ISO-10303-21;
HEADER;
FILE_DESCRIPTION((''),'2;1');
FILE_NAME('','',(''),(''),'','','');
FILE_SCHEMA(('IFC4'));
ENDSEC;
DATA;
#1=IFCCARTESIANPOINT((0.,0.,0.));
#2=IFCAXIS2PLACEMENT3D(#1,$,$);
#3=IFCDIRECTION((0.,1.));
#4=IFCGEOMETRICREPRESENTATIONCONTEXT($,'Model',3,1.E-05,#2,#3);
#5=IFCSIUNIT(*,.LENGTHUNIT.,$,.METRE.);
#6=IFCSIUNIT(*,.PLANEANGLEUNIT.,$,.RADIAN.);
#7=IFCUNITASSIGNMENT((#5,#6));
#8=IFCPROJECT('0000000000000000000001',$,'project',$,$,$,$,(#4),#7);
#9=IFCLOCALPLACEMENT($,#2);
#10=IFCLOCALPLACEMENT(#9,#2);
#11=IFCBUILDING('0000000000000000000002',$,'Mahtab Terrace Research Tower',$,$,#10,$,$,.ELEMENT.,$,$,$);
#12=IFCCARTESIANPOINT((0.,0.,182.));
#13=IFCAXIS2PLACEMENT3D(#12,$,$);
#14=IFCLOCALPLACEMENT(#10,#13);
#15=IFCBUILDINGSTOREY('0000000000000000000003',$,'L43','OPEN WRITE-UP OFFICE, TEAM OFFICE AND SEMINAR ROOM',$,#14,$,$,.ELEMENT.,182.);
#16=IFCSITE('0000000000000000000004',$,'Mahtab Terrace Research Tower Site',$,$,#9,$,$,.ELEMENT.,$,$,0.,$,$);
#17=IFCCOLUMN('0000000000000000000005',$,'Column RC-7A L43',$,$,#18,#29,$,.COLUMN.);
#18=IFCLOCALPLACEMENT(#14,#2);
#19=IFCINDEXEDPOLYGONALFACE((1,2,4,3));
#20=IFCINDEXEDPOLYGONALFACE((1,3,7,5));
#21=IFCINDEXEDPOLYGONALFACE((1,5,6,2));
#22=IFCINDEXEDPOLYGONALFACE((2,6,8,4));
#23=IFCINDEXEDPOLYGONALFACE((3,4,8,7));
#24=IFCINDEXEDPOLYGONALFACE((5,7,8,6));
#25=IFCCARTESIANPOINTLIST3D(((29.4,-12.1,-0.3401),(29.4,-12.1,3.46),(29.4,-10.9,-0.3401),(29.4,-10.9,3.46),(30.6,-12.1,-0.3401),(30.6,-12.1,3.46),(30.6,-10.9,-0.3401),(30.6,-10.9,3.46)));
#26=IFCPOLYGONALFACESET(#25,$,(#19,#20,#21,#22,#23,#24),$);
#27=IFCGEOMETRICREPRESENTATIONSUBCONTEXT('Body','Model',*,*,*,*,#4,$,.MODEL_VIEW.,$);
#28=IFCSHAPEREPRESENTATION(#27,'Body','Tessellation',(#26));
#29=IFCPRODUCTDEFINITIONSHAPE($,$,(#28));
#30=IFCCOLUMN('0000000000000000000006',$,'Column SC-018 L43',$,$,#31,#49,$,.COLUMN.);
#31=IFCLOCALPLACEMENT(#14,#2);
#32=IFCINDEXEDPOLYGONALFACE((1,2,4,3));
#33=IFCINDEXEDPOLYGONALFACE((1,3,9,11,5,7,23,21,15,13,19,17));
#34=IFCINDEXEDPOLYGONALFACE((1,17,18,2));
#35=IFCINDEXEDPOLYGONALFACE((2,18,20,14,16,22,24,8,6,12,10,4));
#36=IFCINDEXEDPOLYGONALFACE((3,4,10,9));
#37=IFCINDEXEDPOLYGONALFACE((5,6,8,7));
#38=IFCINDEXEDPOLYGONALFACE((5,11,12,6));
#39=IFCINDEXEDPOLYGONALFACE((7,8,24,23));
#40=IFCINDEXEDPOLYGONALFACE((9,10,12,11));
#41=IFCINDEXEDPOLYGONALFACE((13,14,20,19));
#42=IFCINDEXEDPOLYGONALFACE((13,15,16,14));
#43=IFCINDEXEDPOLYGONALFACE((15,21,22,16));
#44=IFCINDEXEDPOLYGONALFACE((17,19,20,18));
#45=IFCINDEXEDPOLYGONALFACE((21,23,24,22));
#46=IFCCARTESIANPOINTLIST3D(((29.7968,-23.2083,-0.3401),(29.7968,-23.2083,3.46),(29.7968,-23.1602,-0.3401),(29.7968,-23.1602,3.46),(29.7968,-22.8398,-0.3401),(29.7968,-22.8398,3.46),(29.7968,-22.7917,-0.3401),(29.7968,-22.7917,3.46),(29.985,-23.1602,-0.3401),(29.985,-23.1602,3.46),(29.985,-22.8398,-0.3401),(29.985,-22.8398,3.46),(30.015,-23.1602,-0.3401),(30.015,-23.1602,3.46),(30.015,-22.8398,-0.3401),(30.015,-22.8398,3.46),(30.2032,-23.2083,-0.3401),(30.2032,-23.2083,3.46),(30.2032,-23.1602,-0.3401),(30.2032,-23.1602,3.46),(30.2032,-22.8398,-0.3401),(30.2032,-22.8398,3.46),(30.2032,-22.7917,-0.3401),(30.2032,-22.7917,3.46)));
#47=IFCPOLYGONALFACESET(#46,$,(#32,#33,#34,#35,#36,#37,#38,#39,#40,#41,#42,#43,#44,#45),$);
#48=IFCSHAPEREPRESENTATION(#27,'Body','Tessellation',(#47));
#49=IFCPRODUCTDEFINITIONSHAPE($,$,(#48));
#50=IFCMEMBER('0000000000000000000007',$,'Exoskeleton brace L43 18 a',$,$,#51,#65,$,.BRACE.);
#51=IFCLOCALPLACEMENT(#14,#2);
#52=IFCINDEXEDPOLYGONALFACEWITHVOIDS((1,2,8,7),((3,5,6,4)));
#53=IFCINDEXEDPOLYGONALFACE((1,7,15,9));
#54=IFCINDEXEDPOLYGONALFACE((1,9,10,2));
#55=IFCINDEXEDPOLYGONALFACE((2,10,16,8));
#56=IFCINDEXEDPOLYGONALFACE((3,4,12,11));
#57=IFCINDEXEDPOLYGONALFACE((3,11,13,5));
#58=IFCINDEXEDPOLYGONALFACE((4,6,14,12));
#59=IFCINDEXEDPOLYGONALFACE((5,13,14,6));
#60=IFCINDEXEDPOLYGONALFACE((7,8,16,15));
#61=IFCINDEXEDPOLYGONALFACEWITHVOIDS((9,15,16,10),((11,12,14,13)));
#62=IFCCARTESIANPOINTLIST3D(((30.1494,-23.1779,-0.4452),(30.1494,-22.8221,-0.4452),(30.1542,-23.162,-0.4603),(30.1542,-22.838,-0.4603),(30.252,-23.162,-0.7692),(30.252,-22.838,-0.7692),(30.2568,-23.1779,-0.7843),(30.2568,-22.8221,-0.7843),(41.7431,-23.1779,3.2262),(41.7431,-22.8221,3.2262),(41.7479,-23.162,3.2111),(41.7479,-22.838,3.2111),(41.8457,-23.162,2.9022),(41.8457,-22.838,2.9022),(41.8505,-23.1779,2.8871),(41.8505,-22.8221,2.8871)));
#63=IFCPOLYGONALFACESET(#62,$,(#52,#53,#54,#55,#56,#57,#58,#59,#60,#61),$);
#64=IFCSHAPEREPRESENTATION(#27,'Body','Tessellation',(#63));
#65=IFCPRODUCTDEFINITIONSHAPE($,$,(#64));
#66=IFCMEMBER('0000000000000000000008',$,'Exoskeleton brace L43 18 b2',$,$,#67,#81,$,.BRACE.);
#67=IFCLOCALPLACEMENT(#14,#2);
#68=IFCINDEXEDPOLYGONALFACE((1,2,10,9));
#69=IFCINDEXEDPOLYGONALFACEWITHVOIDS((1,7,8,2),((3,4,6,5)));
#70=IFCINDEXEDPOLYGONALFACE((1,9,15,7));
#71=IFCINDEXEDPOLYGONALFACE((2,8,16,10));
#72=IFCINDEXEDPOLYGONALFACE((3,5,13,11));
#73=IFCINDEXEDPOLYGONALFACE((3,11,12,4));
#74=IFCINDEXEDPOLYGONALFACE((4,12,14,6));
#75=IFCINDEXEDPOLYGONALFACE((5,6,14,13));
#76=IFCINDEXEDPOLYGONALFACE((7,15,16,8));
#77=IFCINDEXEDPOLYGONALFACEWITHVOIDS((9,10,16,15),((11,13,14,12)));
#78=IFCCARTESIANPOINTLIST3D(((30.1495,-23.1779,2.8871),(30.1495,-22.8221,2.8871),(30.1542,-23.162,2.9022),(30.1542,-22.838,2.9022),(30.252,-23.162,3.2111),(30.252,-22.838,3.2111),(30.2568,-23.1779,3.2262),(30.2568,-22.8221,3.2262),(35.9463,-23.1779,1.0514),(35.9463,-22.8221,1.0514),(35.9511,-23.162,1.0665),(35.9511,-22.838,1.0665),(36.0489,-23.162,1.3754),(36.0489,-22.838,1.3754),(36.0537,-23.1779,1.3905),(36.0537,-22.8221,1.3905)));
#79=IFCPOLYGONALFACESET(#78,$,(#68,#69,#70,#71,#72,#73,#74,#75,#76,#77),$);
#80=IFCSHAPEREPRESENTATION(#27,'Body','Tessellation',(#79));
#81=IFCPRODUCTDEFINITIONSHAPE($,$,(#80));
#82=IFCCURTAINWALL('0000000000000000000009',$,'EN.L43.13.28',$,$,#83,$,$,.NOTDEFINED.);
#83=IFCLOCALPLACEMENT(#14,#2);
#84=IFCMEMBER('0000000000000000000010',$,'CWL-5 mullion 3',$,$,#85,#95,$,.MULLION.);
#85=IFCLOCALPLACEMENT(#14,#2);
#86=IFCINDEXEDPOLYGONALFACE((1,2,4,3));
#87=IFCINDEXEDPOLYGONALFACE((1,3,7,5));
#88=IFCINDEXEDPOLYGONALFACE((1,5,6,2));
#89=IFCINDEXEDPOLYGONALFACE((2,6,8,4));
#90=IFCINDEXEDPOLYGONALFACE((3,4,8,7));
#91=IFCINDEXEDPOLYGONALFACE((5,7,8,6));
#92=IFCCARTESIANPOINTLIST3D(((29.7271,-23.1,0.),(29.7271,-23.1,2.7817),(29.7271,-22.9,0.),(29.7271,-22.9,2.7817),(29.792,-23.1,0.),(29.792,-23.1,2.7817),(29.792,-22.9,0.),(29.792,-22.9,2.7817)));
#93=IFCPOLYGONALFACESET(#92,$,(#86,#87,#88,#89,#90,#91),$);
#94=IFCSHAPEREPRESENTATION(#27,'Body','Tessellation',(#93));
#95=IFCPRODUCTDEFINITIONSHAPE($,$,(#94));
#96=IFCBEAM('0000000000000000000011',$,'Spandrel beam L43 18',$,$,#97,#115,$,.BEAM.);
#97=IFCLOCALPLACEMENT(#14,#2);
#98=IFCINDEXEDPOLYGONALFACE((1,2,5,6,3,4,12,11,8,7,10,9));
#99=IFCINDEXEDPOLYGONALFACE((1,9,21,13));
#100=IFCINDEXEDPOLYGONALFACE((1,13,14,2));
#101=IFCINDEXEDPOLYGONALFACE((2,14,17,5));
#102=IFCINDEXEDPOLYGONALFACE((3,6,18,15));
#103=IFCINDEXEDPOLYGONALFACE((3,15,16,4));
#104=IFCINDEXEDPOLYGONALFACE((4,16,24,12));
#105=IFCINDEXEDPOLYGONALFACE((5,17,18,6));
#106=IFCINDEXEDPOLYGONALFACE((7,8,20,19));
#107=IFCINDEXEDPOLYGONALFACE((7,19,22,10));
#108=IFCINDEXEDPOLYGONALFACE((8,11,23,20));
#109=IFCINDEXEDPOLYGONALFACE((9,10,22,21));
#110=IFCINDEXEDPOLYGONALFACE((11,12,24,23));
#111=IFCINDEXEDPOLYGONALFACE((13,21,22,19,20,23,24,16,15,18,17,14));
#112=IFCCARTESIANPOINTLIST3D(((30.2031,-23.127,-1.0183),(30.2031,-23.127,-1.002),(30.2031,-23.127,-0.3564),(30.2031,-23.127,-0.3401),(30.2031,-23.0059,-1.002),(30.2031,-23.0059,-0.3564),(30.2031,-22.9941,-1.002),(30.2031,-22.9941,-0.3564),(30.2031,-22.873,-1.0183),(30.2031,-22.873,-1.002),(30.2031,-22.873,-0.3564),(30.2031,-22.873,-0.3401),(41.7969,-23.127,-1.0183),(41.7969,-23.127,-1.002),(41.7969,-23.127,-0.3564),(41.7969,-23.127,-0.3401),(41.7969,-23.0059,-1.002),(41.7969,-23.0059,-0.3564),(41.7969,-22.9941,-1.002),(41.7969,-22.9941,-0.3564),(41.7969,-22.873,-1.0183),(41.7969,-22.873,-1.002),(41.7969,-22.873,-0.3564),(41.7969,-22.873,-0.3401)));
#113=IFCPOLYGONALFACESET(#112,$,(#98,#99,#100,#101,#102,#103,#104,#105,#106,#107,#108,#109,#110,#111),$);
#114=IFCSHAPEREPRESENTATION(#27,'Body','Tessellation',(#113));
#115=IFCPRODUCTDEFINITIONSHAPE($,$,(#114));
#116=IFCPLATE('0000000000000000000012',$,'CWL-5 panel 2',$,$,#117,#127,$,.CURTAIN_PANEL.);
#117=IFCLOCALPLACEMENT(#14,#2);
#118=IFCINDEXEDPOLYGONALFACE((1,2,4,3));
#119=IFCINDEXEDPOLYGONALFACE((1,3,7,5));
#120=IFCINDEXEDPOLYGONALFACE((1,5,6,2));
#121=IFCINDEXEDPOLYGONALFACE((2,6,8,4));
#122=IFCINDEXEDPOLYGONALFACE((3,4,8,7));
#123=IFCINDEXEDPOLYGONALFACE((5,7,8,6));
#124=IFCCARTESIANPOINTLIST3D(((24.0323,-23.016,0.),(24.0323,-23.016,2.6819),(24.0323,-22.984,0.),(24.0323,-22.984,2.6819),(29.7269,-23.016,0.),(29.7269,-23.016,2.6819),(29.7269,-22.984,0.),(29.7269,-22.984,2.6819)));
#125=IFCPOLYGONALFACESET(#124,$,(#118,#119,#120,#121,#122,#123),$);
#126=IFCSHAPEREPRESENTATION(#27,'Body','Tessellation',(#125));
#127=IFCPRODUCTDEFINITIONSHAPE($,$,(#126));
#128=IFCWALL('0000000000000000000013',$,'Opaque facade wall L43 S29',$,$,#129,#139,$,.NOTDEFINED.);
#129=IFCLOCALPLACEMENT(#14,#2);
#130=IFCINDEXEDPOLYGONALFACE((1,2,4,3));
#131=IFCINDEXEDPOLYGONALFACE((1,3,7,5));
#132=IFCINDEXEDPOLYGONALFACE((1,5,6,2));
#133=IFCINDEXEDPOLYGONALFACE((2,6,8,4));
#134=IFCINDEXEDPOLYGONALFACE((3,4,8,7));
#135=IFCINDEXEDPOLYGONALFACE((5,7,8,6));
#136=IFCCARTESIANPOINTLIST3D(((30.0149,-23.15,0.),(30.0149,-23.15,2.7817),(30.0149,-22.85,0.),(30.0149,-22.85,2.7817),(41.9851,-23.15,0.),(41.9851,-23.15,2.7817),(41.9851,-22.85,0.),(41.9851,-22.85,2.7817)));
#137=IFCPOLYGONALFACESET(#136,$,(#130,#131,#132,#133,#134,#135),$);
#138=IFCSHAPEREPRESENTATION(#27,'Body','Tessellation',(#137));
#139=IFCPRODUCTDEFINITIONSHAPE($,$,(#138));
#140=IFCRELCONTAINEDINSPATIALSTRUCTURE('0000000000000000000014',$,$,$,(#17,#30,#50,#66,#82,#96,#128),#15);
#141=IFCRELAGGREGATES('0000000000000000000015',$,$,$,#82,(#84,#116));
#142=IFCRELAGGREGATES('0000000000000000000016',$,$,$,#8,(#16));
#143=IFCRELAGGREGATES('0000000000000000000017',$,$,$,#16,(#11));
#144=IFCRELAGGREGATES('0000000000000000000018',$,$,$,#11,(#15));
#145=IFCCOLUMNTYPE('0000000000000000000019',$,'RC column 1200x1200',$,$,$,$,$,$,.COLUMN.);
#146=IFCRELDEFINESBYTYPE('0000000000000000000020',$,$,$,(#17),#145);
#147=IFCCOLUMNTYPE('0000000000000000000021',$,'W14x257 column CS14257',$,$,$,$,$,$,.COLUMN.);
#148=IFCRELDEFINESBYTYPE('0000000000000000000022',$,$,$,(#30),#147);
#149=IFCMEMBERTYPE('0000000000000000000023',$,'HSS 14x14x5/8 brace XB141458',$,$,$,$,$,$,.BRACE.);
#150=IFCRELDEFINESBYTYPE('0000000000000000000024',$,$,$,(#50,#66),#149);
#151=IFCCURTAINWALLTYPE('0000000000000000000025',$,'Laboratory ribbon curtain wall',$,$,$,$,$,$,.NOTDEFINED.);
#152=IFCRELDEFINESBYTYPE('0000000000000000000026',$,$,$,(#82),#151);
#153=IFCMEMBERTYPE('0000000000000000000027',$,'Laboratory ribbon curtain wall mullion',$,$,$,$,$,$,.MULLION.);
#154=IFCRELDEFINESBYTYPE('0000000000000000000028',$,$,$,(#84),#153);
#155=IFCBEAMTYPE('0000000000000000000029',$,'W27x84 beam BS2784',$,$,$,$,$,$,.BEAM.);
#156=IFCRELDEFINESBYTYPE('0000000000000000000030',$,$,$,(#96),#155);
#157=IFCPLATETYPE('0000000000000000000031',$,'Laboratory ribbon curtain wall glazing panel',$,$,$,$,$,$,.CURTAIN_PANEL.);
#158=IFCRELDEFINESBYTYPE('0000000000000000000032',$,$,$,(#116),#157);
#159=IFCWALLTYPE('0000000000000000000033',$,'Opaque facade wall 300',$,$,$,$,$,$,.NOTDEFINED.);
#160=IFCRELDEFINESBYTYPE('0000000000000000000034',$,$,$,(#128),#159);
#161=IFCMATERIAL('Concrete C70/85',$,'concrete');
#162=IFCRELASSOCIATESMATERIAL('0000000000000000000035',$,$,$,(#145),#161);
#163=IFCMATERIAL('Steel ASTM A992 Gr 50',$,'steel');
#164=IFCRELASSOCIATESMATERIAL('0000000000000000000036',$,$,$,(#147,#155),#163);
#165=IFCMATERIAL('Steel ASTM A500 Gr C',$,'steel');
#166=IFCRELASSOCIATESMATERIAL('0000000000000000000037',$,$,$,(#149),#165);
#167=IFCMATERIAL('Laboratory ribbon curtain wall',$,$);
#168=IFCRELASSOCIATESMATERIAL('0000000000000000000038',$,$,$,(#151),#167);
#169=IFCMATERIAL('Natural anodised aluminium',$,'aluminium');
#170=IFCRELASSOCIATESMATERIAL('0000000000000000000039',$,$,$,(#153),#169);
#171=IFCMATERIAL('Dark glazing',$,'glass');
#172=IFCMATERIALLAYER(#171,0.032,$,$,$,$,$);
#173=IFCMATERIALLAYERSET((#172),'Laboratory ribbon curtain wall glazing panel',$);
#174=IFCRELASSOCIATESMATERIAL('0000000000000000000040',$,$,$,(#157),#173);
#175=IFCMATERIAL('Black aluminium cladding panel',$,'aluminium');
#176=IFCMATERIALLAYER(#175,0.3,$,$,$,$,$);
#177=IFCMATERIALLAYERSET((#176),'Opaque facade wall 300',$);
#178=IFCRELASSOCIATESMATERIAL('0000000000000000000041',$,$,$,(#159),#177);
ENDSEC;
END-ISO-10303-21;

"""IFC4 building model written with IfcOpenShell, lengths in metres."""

from ifc_helpers import new_model, si_unit, direction, frame, frame_2d, origin, origin_2d, place, context, subcontext, project, spatial, rectangle, hollow_rectangle, i_section, extrude, material, layer, layer_set, material_profile, profile_set, type_object, element, aggregate, save


model = new_model("IFC4")

# Units and contexts
model_context = context("Model", 3, precision=1e-05, world=origin(), true_north=direction((0.0, 1.0)))
body_context = subcontext(model_context, "Body", "Model", "MODEL_VIEW")
ifc_project = project(units=[si_unit("LENGTHUNIT", "METRE"), si_unit("PLANEANGLEUNIT", "RADIAN")], contexts=[model_context])

# Site, building, storey
site_placement = place(None, origin())
site = spatial("IfcSite", under=ifc_project, at=site_placement, Name="Mahtab Terrace Research Tower Site", CompositionType="ELEMENT", RefElevation=0.0)
building_placement = place(site_placement, origin())
building = spatial("IfcBuilding", under=site, at=building_placement, Name="Mahtab Terrace Research Tower", CompositionType="ELEMENT")
storey_placement = place(building_placement, frame((0.0, 0.0, 182.0)))
storey = spatial("IfcBuildingStorey", under=building, at=storey_placement, Name="L43", Description="OPEN WRITE-UP OFFICE, TEAM OFFICE AND SEMINAR ROOM", CompositionType="ELEMENT", Elevation=182.0)

# Columns
ifc_material_1 = material(Name="Concrete C70/85", Category="concrete")
ifc_material_profile_1 = material_profile(ifc_material_1, rectangle(XDim=1.2, YDim=1.2, at=origin_2d()), Name="RC column 1200x1200")
ifc_profile_set_1 = profile_set([ifc_material_profile_1], Name="Concrete C70/85")
column_type_1 = type_object("IfcColumnType", Name="RC column 1200x1200", PredefinedType="COLUMN", material=ifc_profile_set_1)
column_1_placement = place(storey_placement, frame((30.0, -11.5, -0.3401), z_axis=(0.0, 0.0, 1.0), x_axis=(1.0, 0.0, 0.0)))
element("IfcColumn", 1, at=column_1_placement, inside=storey, type_object=column_type_1, Name="Column RC-7A L43", PredefinedType="COLUMN", context=body_context, shape_type="SweptSolid", body=[
    extrude(rectangle(XDim=1.2, YDim=1.2, at=origin_2d()), origin(), (0.0, 0.0, 1.0), 3.8),
])
ifc_material_2 = material(Name="Steel ASTM A992 Gr 50", Category="steel")
ifc_material_profile_2 = material_profile(ifc_material_2, i_section(OverallWidth=0.4065, OverallDepth=0.4165, WebThickness=0.03, FlangeThickness=0.0481, at=origin_2d()), Name="W14X257")
ifc_profile_set_2 = profile_set([ifc_material_profile_2], Name="Steel ASTM A992 Gr 50")
column_type_2 = type_object("IfcColumnType", Name="W14x257 column CS14257", PredefinedType="COLUMN", material=ifc_profile_set_2)
column_2_placement = place(storey_placement, frame((30.0, -23.0, -0.3401), z_axis=(0.0, 0.0, 1.0), x_axis=(1.0, 0.0, 0.0)))
element("IfcColumn", 2, at=column_2_placement, inside=storey, type_object=column_type_2, Name="Column SC-018 L43", PredefinedType="COLUMN", context=body_context, shape_type="SweptSolid", body=[
    extrude(i_section(OverallWidth=0.4065, OverallDepth=0.4165, WebThickness=0.03, FlangeThickness=0.0481, at=origin_2d()), origin(), (0.0, 0.0, 1.0), 3.8),
])

# Members
ifc_material_3 = material(Name="Steel ASTM A500 Gr C", Category="steel")
ifc_material_profile_3 = material_profile(ifc_material_3, hollow_rectangle(XDim=0.3557, YDim=0.3557, WallThickness=0.0159, at=origin_2d()), Name="HSS14X14X5/8")
ifc_profile_set_3 = profile_set([ifc_material_profile_3], Name="Steel ASTM A500 Gr C")
member_type_1 = type_object("IfcMemberType", Name="HSS 14x14x5/8 brace XB141458", PredefinedType="BRACE", material=ifc_profile_set_3)
member_1_placement = place(storey_placement, frame((30.2031, -23.0, -0.6147), z_axis=(0.953341, 0.0, 0.301894), x_axis=(0.0, 1.0, 0.0)))
element("IfcMember", 3, at=member_1_placement, inside=storey, type_object=member_type_1, Name="Exoskeleton brace L43 18 a", PredefinedType="BRACE", context=body_context, shape_type="SweptSolid", body=[
    extrude(hollow_rectangle(XDim=0.3557, YDim=0.3557, WallThickness=0.0159, at=origin_2d()), origin(), (0.0, 0.0, 1.0), 12.1611),
])
member_2_placement = place(storey_placement, frame((36.0, -23.0, 1.2209), z_axis=(-0.953341, 0.0, 0.301894), x_axis=(0.0, -1.0, 0.0)))
element("IfcMember", 4, at=member_2_placement, inside=storey, type_object=member_type_1, Name="Exoskeleton brace L43 18 b2", PredefinedType="BRACE", context=body_context, shape_type="SweptSolid", body=[
    extrude(hollow_rectangle(XDim=0.3557, YDim=0.3557, WallThickness=0.0159, at=origin_2d()), origin(), (0.0, 0.0, 1.0), 6.0806),
])

# Curtain wall, member
ifc_material_4 = material(Name="Laboratory ribbon curtain wall")
curtain_wall_type = type_object("IfcCurtainWallType", Name="Laboratory ribbon curtain wall", PredefinedType="NOTDEFINED", material=ifc_material_4)
curtain_wall_placement = place(storey_placement, origin())
curtain_wall = element("IfcCurtainWall", 5, at=curtain_wall_placement, inside=storey, type_object=curtain_wall_type, Name="EN.L43.13.28", PredefinedType="NOTDEFINED")
ifc_material_5 = material(Name="Natural anodised aluminium", Category="aluminium")
ifc_material_profile_4 = material_profile(ifc_material_5, rectangle(XDim=0.2, YDim=0.0649, at=origin_2d()), Name="MULLION 65x200")
ifc_profile_set_4 = profile_set([ifc_material_profile_4], Name="Natural anodised aluminium")
member_type_2 = type_object("IfcMemberType", Name="Laboratory ribbon curtain wall mullion", PredefinedType="MULLION", material=ifc_profile_set_4)
member_3_placement = place(storey_placement, frame((29.7595, -23.0, 0.0), z_axis=(0.0, 0.0, 1.0), x_axis=(0.0, 1.0, 0.0)))
member_3 = element("IfcMember", 6, at=member_3_placement, type_object=member_type_2, Name="CWL-5 mullion 3", PredefinedType="MULLION", context=body_context, shape_type="SweptSolid", body=[
    extrude(rectangle(XDim=0.2, YDim=0.0649, at=origin_2d()), origin(), (0.0, 0.0, 1.0), 2.7817),
])

# Beam
ifc_material_profile_5 = material_profile(ifc_material_2, i_section(OverallWidth=0.2539, OverallDepth=0.6782, WebThickness=0.0117, FlangeThickness=0.0164, at=origin_2d()), Name="W27X84")
ifc_profile_set_5 = profile_set([ifc_material_profile_5], Name="Steel ASTM A992 Gr 50")
beam_type = type_object("IfcBeamType", Name="W27x84 beam BS2784", PredefinedType="BEAM", material=ifc_profile_set_5)
beam_placement = place(storey_placement, frame((30.2031, -23.0, -0.6792), z_axis=(1.0, 0.0, 0.0), x_axis=(0.0, 1.0, 0.0)))
element("IfcBeam", 7, at=beam_placement, inside=storey, type_object=beam_type, Name="Spandrel beam L43 18", PredefinedType="BEAM", context=body_context, shape_type="SweptSolid", body=[
    extrude(i_section(OverallWidth=0.2539, OverallDepth=0.6782, WebThickness=0.0117, FlangeThickness=0.0164, at=origin_2d()), origin(), (0.0, 0.0, 1.0), 11.5938),
])

# Plate
ifc_material_6 = material(Name="Dark glazing", Category="glass")
ifc_layer_1 = layer(ifc_material_6, 0.032)
ifc_layer_set_1 = layer_set([ifc_layer_1], Name="Laboratory ribbon curtain wall glazing panel")
plate_type = type_object("IfcPlateType", Name="Laboratory ribbon curtain wall glazing panel", PredefinedType="CURTAIN_PANEL", material=ifc_layer_set_1)
plate_placement = place(storey_placement, frame((26.8796, -23.0, 0.0), z_axis=(0.0, 0.0, 1.0), x_axis=(1.0, 0.0, 0.0)))
plate = element("IfcPlate", 8, at=plate_placement, type_object=plate_type, Name="CWL-5 panel 2", PredefinedType="CURTAIN_PANEL", context=body_context, shape_type="SweptSolid", body=[
    extrude(rectangle(XDim=5.6946, YDim=0.032, at=origin_2d()), origin(), (0.0, 0.0, 1.0), 2.6819),
])
aggregate(curtain_wall, [member_3, plate])

# Wall
ifc_material_7 = material(Name="Black aluminium cladding panel", Category="aluminium")
ifc_layer_2 = layer(ifc_material_7, 0.3)
ifc_layer_set_2 = layer_set([ifc_layer_2], Name="Opaque facade wall 300")
wall_type_1 = type_object("IfcWallType", Name="Opaque facade wall 300", PredefinedType="NOTDEFINED", material=ifc_layer_set_2)
wall_1_placement = place(storey_placement, frame((30.0149, -23.0, 0.0), z_axis=(0.0, 0.0, 1.0), x_axis=(1.0, 0.0, 0.0)))
element("IfcWall", 9, at=wall_1_placement, inside=storey, type_object=wall_type_1, Name="Opaque facade wall L43 S29", PredefinedType="NOTDEFINED", context=body_context, shape_type="SweptSolid", body=[
    extrude(rectangle(XDim=11.9702, YDim=0.3, at=frame_2d((5.9851, 0.0))), origin(), (0.0, 0.0, 1.0), 2.7817),
])

save(model, "model.ifc")
